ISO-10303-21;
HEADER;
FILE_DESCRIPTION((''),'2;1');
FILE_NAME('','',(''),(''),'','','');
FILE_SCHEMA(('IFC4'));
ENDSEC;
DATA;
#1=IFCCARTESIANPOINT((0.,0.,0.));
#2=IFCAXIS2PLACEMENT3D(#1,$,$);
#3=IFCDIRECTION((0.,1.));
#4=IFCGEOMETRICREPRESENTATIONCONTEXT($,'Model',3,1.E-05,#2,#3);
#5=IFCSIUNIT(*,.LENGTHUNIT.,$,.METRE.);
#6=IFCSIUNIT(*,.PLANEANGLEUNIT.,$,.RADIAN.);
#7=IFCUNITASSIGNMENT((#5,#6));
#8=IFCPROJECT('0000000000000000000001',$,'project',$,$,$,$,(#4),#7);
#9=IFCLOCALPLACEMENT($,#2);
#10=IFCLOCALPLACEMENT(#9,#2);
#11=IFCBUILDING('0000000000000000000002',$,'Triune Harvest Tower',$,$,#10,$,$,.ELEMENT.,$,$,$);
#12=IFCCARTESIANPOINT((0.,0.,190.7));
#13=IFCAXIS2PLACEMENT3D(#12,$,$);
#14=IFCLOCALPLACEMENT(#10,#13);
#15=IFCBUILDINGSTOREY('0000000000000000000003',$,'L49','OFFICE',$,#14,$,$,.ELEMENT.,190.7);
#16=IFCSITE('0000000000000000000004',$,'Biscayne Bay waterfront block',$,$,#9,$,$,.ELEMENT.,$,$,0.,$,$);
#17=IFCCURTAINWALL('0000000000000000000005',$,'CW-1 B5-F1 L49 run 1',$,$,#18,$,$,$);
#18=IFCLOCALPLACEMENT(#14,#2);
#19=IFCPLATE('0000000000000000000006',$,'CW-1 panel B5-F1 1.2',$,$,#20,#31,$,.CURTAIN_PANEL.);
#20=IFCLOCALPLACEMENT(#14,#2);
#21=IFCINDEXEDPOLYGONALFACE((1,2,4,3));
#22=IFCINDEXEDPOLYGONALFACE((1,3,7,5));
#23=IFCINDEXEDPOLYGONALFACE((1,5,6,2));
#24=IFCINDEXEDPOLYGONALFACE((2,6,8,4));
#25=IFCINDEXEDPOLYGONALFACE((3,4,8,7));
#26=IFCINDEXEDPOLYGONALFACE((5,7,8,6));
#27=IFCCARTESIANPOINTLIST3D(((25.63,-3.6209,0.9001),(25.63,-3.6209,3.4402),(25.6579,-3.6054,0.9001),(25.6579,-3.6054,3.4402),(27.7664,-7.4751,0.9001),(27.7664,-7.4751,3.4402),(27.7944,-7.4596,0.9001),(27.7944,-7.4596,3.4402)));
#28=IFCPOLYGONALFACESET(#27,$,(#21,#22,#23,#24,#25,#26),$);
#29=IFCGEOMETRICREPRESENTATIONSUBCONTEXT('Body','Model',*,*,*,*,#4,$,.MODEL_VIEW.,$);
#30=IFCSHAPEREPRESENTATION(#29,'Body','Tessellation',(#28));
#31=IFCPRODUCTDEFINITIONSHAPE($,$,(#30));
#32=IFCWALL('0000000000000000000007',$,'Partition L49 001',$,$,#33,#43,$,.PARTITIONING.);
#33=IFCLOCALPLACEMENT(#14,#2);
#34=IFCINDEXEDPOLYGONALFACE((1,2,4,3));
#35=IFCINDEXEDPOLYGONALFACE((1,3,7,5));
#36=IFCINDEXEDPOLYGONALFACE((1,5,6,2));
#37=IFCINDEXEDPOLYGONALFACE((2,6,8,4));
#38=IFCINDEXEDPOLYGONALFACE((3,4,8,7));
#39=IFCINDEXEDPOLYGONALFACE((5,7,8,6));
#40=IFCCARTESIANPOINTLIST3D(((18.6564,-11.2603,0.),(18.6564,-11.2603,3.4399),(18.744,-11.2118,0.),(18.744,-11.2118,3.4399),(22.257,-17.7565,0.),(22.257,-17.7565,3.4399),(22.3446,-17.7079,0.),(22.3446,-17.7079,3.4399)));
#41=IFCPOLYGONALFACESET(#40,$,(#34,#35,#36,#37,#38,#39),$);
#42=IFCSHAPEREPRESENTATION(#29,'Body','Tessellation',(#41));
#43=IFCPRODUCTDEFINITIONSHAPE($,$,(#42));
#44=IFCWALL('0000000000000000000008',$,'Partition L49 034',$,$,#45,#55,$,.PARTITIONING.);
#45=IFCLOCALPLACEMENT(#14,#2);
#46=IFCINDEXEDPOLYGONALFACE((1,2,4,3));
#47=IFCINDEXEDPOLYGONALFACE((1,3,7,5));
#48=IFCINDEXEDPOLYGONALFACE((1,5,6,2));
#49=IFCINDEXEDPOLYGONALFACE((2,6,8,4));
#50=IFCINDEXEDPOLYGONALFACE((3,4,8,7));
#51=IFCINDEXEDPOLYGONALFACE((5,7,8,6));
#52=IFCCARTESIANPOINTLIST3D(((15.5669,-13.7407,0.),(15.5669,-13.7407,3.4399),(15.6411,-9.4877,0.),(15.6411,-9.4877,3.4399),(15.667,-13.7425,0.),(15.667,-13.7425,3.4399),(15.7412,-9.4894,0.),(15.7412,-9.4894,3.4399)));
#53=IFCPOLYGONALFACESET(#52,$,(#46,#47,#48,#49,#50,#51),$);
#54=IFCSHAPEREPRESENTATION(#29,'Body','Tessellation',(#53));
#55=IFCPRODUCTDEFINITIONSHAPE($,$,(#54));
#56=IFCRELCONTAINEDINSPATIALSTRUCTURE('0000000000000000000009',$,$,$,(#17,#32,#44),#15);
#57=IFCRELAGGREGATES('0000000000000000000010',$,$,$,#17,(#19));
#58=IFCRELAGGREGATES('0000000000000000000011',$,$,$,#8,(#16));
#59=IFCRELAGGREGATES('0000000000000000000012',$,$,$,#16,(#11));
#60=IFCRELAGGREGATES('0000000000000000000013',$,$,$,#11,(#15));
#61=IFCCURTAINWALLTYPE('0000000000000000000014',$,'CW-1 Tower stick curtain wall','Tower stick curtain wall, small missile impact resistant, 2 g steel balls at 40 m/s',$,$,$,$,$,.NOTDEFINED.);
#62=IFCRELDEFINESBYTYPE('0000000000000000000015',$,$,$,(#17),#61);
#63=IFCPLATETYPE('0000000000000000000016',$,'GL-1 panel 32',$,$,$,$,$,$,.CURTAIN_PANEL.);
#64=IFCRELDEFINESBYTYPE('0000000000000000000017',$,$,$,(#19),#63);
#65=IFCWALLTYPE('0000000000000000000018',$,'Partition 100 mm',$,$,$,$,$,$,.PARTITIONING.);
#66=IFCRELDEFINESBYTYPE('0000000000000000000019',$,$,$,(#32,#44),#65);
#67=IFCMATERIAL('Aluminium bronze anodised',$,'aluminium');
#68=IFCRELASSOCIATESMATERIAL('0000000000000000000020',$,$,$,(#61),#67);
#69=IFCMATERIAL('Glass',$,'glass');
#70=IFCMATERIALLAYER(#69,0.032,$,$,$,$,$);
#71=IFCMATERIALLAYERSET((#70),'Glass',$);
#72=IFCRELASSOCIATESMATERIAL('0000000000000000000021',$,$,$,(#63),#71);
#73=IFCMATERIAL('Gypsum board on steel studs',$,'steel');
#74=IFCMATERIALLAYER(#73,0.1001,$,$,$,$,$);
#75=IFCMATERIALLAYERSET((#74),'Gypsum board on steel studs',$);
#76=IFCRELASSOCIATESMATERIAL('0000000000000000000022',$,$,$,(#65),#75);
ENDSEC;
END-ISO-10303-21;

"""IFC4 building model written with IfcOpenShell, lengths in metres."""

from ifc_helpers import new_model, si_unit, direction, frame, frame_2d, origin, origin_2d, place, context, subcontext, project, spatial, rectangle, extrude, source, transform, mapped, material, layer, layer_set, type_object, element, aggregate, save


model = new_model("IFC4")

# Units and contexts
model_context = context("Model", 3, precision=1e-05, world=origin(), true_north=direction((0.0, 1.0)))
body_context = subcontext(model_context, "Body", "Model", "MODEL_VIEW")
ifc_project = project(units=[si_unit("LENGTHUNIT", "METRE"), si_unit("PLANEANGLEUNIT", "RADIAN")], contexts=[model_context])

# Site, building, storey
site_placement = place(None, origin())
site = spatial("IfcSite", under=ifc_project, at=site_placement, Name="Biscayne Bay waterfront block", CompositionType="ELEMENT", RefElevation=0.0)
building_placement = place(site_placement, origin())
building = spatial("IfcBuilding", under=site, at=building_placement, Name="Triune Harvest Tower", CompositionType="ELEMENT")
storey_placement = place(building_placement, frame((0.0, 0.0, 190.7)))
storey = spatial("IfcBuildingStorey", under=building, at=storey_placement, Name="L49", Description="OFFICE", CompositionType="ELEMENT", Elevation=190.7)

# Curtain wall
ifc_material_1 = material(Name="Aluminium bronze anodised", Category="aluminium")
curtain_wall_type = type_object("IfcCurtainWallType", Name="CW-1 Tower stick curtain wall", Description="Tower stick curtain wall, small missile impact resistant, 2 g steel balls at 40 m/s", PredefinedType="NOTDEFINED", material=ifc_material_1)
curtain_wall_1_placement = place(storey_placement, origin())
curtain_wall_1 = element("IfcCurtainWall", 1, at=curtain_wall_1_placement, inside=storey, type_object=curtain_wall_type, Name="CW-1 B5-F1 L49 run 1")

# Plate
ifc_material_2 = material(Name="Glass", Category="glass")
ifc_layer_1 = layer(ifc_material_2, 0.032)
ifc_layer_set_1 = layer_set([ifc_layer_1], Name="Glass")
plate_type = type_object("IfcPlateType", Name="GL-1 panel 32", PredefinedType="CURTAIN_PANEL", material=ifc_layer_set_1)
shared_shape_1 = source(origin(), body_context, "Body", "SweptSolid", [
    extrude(rectangle(XDim=4.4067, YDim=0.032, at=origin_2d()), origin(), (0.0, 0.0, 1.0), 2.54),
])
plate_1_placement = place(storey_placement, frame((26.7122, -5.5403, 0.9001), z_axis=(0.0, 0.0, 1.0), x_axis=(-0.484808, 0.874621, 0.0)))
plate_1 = element("IfcPlate", 2, at=plate_1_placement, type_object=plate_type, Name="CW-1 panel B5-F1 1.2", PredefinedType="CURTAIN_PANEL", context=body_context, shape_type="MappedRepresentation", body=[
    mapped(shared_shape_1, transform((0.0, 0.0, 0.0), scale=1.0)),
])
aggregate(curtain_wall_1, [plate_1])

# Walls
ifc_material_3 = material(Name="Gypsum board on steel studs", Category="steel")
ifc_layer_2 = layer(ifc_material_3, 0.1001)
ifc_layer_set_2 = layer_set([ifc_layer_2], Name="Gypsum board on steel studs")
wall_type = type_object("IfcWallType", Name="Partition 100 mm", PredefinedType="PARTITIONING", material=ifc_layer_set_2)
wall_1_placement = place(storey_placement, frame((18.7002, -11.2361, 0.0), z_axis=(0.0, 0.0, 1.0), x_axis=(0.484783, -0.874634, 0.0)))
element("IfcWall", 3, at=wall_1_placement, inside=storey, type_object=wall_type, Name="Partition L49 001", PredefinedType="PARTITIONING", context=body_context, shape_type="SweptSolid", body=[
    extrude(rectangle(XDim=7.4272, YDim=0.1001, at=frame_2d((3.7136, 0.0))), origin(), (0.0, 0.0, 1.0), 3.4399),
])
wall_2_placement = place(storey_placement, frame((15.6169, -13.7417, 0.0), z_axis=(0.0, 0.0, 1.0), x_axis=(0.017449, 0.999848, 0.0)))
element("IfcWall", 4, at=wall_2_placement, inside=storey, type_object=wall_type, Name="Partition L49 034", PredefinedType="PARTITIONING", context=body_context, shape_type="SweptSolid", body=[
    extrude(rectangle(XDim=4.2537, YDim=0.1001, at=frame_2d((2.127, 0.0))), origin(), (0.0, 0.0, 1.0), 3.4399),
])

save(model, "model.ifc")
